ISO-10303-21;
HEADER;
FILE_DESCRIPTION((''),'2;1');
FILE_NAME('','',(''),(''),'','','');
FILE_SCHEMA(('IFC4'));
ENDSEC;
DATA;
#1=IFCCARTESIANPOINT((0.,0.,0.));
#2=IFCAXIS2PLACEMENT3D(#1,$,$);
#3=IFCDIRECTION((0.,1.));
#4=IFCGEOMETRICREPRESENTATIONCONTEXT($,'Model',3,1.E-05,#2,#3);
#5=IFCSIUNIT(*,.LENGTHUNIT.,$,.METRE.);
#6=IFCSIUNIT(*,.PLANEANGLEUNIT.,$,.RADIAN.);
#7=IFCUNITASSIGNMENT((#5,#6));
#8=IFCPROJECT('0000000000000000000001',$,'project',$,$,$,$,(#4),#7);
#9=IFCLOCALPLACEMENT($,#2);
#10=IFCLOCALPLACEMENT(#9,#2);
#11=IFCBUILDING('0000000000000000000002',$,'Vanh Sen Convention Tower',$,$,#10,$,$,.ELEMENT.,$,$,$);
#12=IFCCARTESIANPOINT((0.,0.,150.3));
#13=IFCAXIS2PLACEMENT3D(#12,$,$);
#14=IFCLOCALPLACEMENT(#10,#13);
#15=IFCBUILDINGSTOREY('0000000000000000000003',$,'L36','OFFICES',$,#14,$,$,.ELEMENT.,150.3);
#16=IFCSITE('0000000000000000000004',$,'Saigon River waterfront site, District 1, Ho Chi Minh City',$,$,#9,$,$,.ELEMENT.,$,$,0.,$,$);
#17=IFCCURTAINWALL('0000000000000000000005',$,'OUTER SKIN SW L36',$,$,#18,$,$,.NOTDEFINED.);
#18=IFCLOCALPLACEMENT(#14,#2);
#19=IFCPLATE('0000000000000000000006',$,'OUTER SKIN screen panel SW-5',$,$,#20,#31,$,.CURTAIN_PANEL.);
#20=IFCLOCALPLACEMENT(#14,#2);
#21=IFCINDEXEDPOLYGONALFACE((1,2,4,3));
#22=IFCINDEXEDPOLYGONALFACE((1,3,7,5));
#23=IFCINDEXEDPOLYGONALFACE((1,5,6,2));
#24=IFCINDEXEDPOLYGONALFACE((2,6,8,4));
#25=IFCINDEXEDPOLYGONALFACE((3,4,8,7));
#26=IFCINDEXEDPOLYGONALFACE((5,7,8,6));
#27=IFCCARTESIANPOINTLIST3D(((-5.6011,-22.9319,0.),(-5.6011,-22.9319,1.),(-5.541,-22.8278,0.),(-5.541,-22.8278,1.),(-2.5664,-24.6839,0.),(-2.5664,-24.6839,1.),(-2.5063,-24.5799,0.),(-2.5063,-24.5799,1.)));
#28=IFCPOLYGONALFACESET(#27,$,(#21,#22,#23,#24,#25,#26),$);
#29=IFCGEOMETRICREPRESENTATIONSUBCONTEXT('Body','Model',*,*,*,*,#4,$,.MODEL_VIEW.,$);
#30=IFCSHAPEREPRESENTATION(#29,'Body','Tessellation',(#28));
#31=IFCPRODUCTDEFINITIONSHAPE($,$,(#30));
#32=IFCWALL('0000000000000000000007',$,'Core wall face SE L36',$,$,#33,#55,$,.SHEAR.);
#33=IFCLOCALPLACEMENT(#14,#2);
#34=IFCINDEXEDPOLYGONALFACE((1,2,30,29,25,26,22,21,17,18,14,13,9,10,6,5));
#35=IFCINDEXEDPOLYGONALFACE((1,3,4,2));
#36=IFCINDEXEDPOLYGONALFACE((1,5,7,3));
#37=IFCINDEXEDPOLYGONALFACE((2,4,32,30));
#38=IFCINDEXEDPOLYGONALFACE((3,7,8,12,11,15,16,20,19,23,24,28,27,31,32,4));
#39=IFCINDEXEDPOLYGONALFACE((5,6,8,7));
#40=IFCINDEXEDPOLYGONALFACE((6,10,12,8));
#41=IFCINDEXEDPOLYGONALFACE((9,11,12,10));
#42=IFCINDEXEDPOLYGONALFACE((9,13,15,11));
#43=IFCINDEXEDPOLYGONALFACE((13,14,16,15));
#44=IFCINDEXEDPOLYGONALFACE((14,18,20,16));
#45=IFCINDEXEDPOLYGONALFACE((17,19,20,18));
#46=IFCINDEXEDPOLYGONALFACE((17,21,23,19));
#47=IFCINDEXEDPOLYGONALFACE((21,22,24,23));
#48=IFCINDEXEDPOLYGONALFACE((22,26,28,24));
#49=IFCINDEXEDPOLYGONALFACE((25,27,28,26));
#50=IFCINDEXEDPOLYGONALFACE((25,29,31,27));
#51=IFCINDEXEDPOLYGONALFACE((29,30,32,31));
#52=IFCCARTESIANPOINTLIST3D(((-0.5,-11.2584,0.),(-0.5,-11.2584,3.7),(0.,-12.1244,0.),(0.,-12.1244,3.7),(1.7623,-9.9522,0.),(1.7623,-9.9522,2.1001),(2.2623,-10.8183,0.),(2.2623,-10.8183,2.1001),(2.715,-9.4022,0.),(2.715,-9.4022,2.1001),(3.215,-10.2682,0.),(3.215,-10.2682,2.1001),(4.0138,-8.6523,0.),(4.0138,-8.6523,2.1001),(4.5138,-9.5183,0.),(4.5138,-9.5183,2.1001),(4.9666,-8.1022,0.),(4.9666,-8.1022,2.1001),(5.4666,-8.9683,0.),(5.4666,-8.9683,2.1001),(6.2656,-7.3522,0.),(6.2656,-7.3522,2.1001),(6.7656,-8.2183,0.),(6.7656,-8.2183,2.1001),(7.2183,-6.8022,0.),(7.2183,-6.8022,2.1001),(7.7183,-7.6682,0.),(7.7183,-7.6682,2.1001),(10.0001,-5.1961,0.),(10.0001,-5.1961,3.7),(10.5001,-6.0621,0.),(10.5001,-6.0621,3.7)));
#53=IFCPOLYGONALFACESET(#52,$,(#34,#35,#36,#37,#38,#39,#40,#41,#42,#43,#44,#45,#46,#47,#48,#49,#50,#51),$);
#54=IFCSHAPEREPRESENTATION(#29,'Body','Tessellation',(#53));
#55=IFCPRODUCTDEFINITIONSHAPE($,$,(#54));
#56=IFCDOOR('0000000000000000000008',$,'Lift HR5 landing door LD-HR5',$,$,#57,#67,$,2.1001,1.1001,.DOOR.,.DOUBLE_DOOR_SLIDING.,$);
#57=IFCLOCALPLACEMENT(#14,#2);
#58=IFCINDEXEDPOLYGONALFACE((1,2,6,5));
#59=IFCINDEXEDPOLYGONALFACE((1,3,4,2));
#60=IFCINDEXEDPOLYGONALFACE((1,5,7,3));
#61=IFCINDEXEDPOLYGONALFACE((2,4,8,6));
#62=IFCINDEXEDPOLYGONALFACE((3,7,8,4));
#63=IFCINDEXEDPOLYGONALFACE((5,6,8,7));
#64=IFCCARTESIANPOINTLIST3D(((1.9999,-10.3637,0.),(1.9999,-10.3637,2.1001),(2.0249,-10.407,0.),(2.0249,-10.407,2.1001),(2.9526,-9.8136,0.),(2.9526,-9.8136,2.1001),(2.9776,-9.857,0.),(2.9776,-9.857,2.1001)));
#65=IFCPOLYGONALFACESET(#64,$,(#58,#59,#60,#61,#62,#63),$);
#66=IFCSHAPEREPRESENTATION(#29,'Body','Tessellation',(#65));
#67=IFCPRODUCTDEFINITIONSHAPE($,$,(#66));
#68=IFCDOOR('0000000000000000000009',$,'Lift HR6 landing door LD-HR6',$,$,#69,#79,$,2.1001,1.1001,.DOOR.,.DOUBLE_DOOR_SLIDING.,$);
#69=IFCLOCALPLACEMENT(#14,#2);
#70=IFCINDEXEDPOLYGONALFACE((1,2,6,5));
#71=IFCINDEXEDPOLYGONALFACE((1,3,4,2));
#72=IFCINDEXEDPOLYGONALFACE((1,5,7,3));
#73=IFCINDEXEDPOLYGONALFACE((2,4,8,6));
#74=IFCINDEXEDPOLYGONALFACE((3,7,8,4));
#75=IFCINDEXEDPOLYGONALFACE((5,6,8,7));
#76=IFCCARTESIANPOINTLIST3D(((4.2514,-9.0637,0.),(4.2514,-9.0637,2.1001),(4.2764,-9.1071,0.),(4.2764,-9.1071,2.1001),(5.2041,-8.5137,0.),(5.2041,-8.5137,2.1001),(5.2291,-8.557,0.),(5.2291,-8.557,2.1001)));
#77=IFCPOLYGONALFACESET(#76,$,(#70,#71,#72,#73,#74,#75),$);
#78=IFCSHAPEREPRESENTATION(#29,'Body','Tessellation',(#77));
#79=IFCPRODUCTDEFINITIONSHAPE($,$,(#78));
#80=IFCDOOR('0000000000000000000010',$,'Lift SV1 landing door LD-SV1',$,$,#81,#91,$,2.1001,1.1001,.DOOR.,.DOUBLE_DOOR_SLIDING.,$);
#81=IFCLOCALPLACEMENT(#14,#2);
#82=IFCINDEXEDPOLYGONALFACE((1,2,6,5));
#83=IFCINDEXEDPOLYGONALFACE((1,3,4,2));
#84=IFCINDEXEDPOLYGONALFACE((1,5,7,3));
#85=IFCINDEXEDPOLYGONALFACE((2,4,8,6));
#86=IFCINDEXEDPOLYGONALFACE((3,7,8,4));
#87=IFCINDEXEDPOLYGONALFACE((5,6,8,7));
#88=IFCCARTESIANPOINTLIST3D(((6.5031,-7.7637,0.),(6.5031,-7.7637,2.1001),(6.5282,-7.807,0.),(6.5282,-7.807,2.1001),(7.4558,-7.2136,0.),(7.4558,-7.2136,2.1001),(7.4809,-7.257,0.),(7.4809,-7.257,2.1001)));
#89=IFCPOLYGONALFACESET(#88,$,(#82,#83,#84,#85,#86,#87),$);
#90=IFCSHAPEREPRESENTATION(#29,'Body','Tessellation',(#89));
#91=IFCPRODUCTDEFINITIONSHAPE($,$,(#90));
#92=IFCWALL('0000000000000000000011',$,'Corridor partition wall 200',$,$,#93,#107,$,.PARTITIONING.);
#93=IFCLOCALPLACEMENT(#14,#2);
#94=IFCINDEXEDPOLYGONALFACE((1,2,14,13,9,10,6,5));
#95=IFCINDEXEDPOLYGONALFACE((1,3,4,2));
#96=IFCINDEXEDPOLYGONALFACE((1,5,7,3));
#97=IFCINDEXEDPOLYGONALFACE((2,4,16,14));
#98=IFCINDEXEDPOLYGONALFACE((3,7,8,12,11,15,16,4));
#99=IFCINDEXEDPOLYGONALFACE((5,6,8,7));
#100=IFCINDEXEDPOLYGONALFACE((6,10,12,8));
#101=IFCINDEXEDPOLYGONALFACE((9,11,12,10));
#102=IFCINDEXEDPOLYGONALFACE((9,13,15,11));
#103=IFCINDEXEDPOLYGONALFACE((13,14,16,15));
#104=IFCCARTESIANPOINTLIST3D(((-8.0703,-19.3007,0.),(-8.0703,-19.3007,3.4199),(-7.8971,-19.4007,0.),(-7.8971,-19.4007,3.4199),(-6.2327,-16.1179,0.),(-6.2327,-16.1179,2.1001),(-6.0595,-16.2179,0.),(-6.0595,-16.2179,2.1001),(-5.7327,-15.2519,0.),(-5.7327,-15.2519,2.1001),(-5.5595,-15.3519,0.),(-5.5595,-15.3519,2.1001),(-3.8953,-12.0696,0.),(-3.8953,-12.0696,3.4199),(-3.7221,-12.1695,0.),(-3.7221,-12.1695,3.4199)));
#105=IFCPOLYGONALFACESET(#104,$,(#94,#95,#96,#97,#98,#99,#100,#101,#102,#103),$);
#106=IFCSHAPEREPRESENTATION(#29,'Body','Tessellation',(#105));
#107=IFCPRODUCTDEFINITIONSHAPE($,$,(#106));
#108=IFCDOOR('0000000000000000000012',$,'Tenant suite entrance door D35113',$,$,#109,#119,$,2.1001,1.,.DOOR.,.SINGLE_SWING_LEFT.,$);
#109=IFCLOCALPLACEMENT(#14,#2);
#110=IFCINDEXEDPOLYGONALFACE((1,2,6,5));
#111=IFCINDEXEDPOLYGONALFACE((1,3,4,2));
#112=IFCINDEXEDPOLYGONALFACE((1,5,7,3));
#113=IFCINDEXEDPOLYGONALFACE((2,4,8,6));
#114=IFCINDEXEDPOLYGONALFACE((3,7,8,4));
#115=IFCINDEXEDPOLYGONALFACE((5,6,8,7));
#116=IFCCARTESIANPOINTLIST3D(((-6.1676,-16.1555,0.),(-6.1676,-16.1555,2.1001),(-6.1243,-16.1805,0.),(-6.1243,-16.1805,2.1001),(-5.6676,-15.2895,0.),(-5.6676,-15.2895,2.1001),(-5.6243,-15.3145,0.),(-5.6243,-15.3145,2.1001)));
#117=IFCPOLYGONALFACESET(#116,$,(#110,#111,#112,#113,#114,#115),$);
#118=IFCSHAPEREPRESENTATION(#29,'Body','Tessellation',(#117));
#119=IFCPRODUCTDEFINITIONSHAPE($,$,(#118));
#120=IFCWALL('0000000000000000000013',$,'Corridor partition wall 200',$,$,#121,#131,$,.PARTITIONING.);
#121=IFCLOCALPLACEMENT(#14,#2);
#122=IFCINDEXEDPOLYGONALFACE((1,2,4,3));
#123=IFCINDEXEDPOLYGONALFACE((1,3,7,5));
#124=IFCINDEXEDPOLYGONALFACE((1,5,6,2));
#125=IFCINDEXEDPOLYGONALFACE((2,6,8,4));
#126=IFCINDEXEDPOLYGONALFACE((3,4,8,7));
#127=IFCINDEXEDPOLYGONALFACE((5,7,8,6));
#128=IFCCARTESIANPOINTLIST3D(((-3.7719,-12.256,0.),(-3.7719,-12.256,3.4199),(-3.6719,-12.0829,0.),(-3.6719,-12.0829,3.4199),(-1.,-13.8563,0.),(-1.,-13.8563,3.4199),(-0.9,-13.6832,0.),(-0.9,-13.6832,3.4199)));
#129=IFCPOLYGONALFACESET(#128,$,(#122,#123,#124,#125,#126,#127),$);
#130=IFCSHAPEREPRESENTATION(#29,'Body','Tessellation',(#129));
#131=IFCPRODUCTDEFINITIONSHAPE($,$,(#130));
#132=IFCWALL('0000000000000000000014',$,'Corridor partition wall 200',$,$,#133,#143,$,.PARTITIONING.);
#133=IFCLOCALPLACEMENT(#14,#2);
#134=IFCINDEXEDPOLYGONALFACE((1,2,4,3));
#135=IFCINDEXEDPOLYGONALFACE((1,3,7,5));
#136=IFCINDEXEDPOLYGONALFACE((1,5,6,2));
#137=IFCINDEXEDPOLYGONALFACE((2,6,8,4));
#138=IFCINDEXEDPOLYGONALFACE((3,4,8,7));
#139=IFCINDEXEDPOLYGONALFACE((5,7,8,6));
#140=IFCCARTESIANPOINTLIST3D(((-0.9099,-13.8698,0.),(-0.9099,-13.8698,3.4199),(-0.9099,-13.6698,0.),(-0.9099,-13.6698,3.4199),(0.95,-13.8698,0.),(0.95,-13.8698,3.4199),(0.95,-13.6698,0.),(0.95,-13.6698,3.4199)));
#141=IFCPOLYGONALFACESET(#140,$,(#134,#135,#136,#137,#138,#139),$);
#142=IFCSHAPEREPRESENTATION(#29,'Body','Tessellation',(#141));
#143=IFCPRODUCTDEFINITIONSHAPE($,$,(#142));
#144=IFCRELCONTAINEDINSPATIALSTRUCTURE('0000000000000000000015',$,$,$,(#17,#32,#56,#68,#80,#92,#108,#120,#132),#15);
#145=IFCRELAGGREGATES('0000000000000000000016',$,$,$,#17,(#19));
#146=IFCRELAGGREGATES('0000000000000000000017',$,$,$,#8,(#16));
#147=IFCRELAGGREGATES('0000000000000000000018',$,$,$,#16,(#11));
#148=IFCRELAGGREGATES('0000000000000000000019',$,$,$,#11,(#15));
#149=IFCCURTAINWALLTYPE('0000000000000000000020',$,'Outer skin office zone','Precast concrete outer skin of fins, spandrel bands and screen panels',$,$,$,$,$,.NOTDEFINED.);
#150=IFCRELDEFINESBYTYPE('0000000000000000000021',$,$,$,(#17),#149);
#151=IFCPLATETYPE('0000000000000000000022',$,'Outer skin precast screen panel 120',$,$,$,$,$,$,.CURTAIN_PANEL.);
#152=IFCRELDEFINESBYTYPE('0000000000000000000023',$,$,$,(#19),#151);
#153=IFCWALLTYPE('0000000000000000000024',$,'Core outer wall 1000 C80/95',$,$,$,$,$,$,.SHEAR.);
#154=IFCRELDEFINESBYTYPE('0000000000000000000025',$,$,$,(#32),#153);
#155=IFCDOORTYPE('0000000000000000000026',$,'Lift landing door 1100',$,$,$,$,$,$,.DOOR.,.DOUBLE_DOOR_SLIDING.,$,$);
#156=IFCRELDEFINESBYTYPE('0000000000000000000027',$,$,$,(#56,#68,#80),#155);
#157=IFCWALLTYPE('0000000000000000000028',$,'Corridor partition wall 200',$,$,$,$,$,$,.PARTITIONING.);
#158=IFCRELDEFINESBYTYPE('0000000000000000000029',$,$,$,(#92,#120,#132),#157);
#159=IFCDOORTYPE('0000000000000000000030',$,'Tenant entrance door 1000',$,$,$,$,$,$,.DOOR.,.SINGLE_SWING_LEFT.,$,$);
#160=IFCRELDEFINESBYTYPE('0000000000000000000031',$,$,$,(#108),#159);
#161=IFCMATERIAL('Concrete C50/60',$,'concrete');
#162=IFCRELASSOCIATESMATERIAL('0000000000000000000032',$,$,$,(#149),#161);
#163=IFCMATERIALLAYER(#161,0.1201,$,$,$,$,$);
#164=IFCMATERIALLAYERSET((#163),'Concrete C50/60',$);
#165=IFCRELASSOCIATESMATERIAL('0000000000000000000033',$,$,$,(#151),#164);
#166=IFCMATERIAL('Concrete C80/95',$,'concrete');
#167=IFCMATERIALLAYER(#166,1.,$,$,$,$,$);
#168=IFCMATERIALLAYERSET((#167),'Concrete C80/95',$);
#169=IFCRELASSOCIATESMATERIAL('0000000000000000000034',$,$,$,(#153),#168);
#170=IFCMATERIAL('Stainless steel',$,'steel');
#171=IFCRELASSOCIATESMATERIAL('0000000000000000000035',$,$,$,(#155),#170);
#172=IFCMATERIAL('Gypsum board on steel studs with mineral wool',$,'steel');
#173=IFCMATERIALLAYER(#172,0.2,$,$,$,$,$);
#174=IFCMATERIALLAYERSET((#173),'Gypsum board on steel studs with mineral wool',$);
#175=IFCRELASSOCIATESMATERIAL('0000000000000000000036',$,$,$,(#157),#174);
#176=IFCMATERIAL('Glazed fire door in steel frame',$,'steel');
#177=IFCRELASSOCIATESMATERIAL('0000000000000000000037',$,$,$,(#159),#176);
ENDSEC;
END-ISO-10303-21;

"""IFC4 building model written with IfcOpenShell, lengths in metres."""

from ifc_helpers import new_model, si_unit, direction, frame, frame_2d, origin, origin_2d, place, context, subcontext, project, spatial, rectangle, extrude, material, layer, layer_set, type_object, element, fill, aggregate, save


model = new_model("IFC4")

# Units and contexts
model_context = context("Model", 3, precision=1e-05, world=origin(), true_north=direction((0.0, 1.0)))
body_context = subcontext(model_context, "Body", "Model", "MODEL_VIEW")
ifc_project = project(units=[si_unit("LENGTHUNIT", "METRE"), si_unit("PLANEANGLEUNIT", "RADIAN")], contexts=[model_context])

# Site, building, storey
site_placement = place(None, origin())
site = spatial("IfcSite", under=ifc_project, at=site_placement, Name="Saigon River waterfront site, District 1, Ho Chi Minh City", CompositionType="ELEMENT", RefElevation=0.0)
building_placement = place(site_placement, origin())
building = spatial("IfcBuilding", under=site, at=building_placement, Name="Vanh Sen Convention Tower", CompositionType="ELEMENT")
storey_placement = place(building_placement, frame((0.0, 0.0, 150.3)))
storey = spatial("IfcBuildingStorey", under=building, at=storey_placement, Name="L36", Description="OFFICES", CompositionType="ELEMENT", Elevation=150.3)

# Shared definitions
ifc_material_1 = material(Name="Concrete C80/95", Category="concrete")

# Curtain wall
ifc_material_2 = material(Name="Concrete C50/60", Category="concrete")
curtain_wall_type = type_object("IfcCurtainWallType", Name="Outer skin office zone", Description="Precast concrete outer skin of fins, spandrel bands and screen panels", PredefinedType="NOTDEFINED", material=ifc_material_2)
curtain_wall_1_placement = place(storey_placement, origin())
curtain_wall_1 = element("IfcCurtainWall", 1, at=curtain_wall_1_placement, inside=storey, type_object=curtain_wall_type, Name="OUTER SKIN SW L36", PredefinedType="NOTDEFINED")

# Plate
ifc_layer_1 = layer(ifc_material_2, 0.1201)
ifc_layer_set_1 = layer_set([ifc_layer_1], Name="Concrete C50/60")
plate_type = type_object("IfcPlateType", Name="Outer skin precast screen panel 120", PredefinedType="CURTAIN_PANEL", material=ifc_layer_set_1)
plate_1_placement = place(storey_placement, frame((-4.0537, -23.7559, 0.0), z_axis=(0.0, 0.0, 1.0), x_axis=(0.866035, -0.499983, 0.0)))
plate_1 = element("IfcPlate", 2, at=plate_1_placement, type_object=plate_type, Name="OUTER SKIN screen panel SW-5", PredefinedType="CURTAIN_PANEL", context=body_context, shape_type="SweptSolid", body=[
    extrude(rectangle(XDim=3.5042, YDim=0.1201, at=origin_2d()), origin(), (0.0, 0.0, 1.0), 1.0),
])
aggregate(curtain_wall_1, [plate_1])

# Wall, openings, doors
ifc_layer_2 = layer(ifc_material_1, 1.0)
ifc_layer_set_2 = layer_set([ifc_layer_2], Name="Concrete C80/95")
wall_type_1 = type_object("IfcWallType", Name="Core outer wall 1000 C80/95", PredefinedType="SHEAR", material=ifc_layer_set_2)
wall_1_placement = place(storey_placement, frame((-0.25, -11.6914, 0.0), z_axis=(0.0, 0.0, 1.0), x_axis=(0.866023, 0.500005, 0.0)))
wall_1 = element("IfcWall", 3, at=wall_1_placement, inside=storey, type_object=wall_type_1, Name="Core wall face SE L36", PredefinedType="SHEAR", context=body_context, shape_type="SweptSolid", body=[
    extrude(rectangle(XDim=12.1245, YDim=1.0, at=frame_2d((6.0623, 0.0))), origin(), (0.0, 0.0, 1.0), 3.7),
])
opening_1_placement = place(wall_1_placement, frame((2.6123, 0.0, 0.0)))
opening_1 = element("IfcOpeningElement", 4, at=opening_1_placement, cuts=wall_1, PredefinedType="OPENING", context=body_context, shape_type="SweptSolid", body=[
    extrude(rectangle(XDim=1.1001, YDim=2.1001, at=frame_2d((0.55, 1.05))), frame((0.0, 0.51, 0.0), z_axis=(0.0, -1.0, 0.0), x_axis=(1.0, 0.0, 0.0)), (0.0, 0.0, 1.0), 1.02),
])
opening_2_placement = place(wall_1_placement, frame((5.2122, 0.0, 0.0)))
opening_2 = element("IfcOpeningElement", 5, at=opening_2_placement, cuts=wall_1, PredefinedType="OPENING", context=body_context, shape_type="SweptSolid", body=[
    extrude(rectangle(XDim=1.1001, YDim=2.1001, at=frame_2d((0.55, 1.05))), frame((0.0, 0.51, 0.0), z_axis=(0.0, -1.0, 0.0), x_axis=(1.0, 0.0, 0.0)), (0.0, 0.0, 1.0), 1.02),
])
opening_3_placement = place(wall_1_placement, frame((7.8123, 0.0, 0.0)))
opening_3 = element("IfcOpeningElement", 6, at=opening_3_placement, cuts=wall_1, PredefinedType="OPENING", context=body_context, shape_type="SweptSolid", body=[
    extrude(rectangle(XDim=1.1001, YDim=2.1001, at=frame_2d((0.55, 1.05))), frame((0.0, 0.51, 0.0), z_axis=(0.0, -1.0, 0.0), x_axis=(1.0, 0.0, 0.0)), (0.0, 0.0, 1.0), 1.02),
])
ifc_material_3 = material(Name="Stainless steel", Category="steel")
door_type_1 = type_object("IfcDoorType", Name="Lift landing door 1100", OperationType="DOUBLE_DOOR_SLIDING", PredefinedType="DOOR", material=ifc_material_3)
door_1_placement = place(opening_1_placement, origin())
door_1 = element("IfcDoor", 7, at=door_1_placement, inside=storey, type_object=door_type_1, Name="Lift HR5 landing door LD-HR5", OperationType="DOUBLE_DOOR_SLIDING", OverallHeight=2.1001, OverallWidth=1.1001, PredefinedType="DOOR", context=body_context, shape_type="SweptSolid", body=[
    extrude(rectangle(XDim=1.1001, YDim=2.1001, at=frame_2d((0.55, 1.05))), frame((0.0, 0.0249, 0.0), z_axis=(0.0, -1.0, 0.0), x_axis=(1.0, 0.0, 0.0)), (0.0, 0.0, 1.0), 0.05),
])
fill(opening_1, door_1)
door_2_placement = place(opening_2_placement, origin())
door_2 = element("IfcDoor", 8, at=door_2_placement, inside=storey, type_object=door_type_1, Name="Lift HR6 landing door LD-HR6", OperationType="DOUBLE_DOOR_SLIDING", OverallHeight=2.1001, OverallWidth=1.1001, PredefinedType="DOOR", context=body_context, shape_type="SweptSolid", body=[
    extrude(rectangle(XDim=1.1001, YDim=2.1001, at=frame_2d((0.55, 1.05))), frame((0.0, 0.0249, 0.0), z_axis=(0.0, -1.0, 0.0), x_axis=(1.0, 0.0, 0.0)), (0.0, 0.0, 1.0), 0.05),
])
fill(opening_2, door_2)
door_3_placement = place(opening_3_placement, origin())
door_3 = element("IfcDoor", 9, at=door_3_placement, inside=storey, type_object=door_type_1, Name="Lift SV1 landing door LD-SV1", OperationType="DOUBLE_DOOR_SLIDING", OverallHeight=2.1001, OverallWidth=1.1001, PredefinedType="DOOR", context=body_context, shape_type="SweptSolid", body=[
    extrude(rectangle(XDim=1.1001, YDim=2.1001, at=frame_2d((0.55, 1.05))), frame((0.0, 0.0249, 0.0), z_axis=(0.0, -1.0, 0.0), x_axis=(1.0, 0.0, 0.0)), (0.0, 0.0, 1.0), 0.05),
])
fill(opening_3, door_3)

# Wall, opening, door
ifc_material_4 = material(Name="Gypsum board on steel studs with mineral wool", Category="steel")
ifc_layer_3 = layer(ifc_material_4, 0.2)
ifc_layer_set_3 = layer_set([ifc_layer_3], Name="Gypsum board on steel studs with mineral wool")
wall_type_2 = type_object("IfcWallType", Name="Corridor partition wall 200", PredefinedType="PARTITIONING", material=ifc_layer_set_3)
wall_2_placement = place(storey_placement, frame((-7.9836, -19.3506, 0.0), z_axis=(0.0, 0.0, 1.0), x_axis=(0.50001, 0.86602, 0.0)))
wall_2 = element("IfcWall", 10, at=wall_2_placement, inside=storey, type_object=wall_type_2, Name="Corridor partition wall 200", PredefinedType="PARTITIONING", context=body_context, shape_type="SweptSolid", body=[
    extrude(rectangle(XDim=8.3499, YDim=0.2, at=frame_2d((4.1748, 0.0))), origin(), (0.0, 0.0, 1.0), 3.4199),
])
opening_4_placement = place(wall_2_placement, frame((3.675, 0.0, 0.0)))
opening_4 = element("IfcOpeningElement", 11, at=opening_4_placement, cuts=wall_2, PredefinedType="OPENING", context=body_context, shape_type="SweptSolid", body=[
    extrude(rectangle(XDim=1.0, YDim=2.1001, at=frame_2d((0.5, 1.05))), frame((0.0, 0.1099, 0.0), z_axis=(0.0, -1.0, 0.0), x_axis=(1.0, 0.0, 0.0)), (0.0, 0.0, 1.0), 0.22),
])
ifc_material_5 = material(Name="Glazed fire door in steel frame", Category="steel")
door_type_2 = type_object("IfcDoorType", Name="Tenant entrance door 1000", OperationType="SINGLE_SWING_LEFT", PredefinedType="DOOR", material=ifc_material_5)
door_4_placement = place(opening_4_placement, origin())
door_4 = element("IfcDoor", 12, at=door_4_placement, inside=storey, type_object=door_type_2, Name="Tenant suite entrance door D35113", OperationType="SINGLE_SWING_LEFT", OverallHeight=2.1001, OverallWidth=1.0, PredefinedType="DOOR", context=body_context, shape_type="SweptSolid", body=[
    extrude(rectangle(XDim=1.0, YDim=2.1001, at=frame_2d((0.5, 1.05))), frame((0.0, 0.0249, 0.0), z_axis=(0.0, -1.0, 0.0), x_axis=(1.0, 0.0, 0.0)), (0.0, 0.0, 1.0), 0.05),
])
fill(opening_4, door_4)

# Walls
wall_3_placement = place(storey_placement, frame((-3.7219, -12.1694, 0.0), z_axis=(0.0, 0.0, 1.0), x_axis=(0.866033, -0.499987, 0.0)))
element("IfcWall", 13, at=wall_3_placement, inside=storey, type_object=wall_type_2, Name="Corridor partition wall 200", PredefinedType="PARTITIONING", context=body_context, shape_type="SweptSolid", body=[
    extrude(rectangle(XDim=3.2007, YDim=0.2, at=frame_2d((1.6003, 0.0))), origin(), (0.0, 0.0, 1.0), 3.4199),
])
wall_4_placement = place(storey_placement, frame((-0.9099, -13.7698, 0.0), z_axis=(0.0, 0.0, 1.0), x_axis=(1.0, 0.0, 0.0)))
element("IfcWall", 14, at=wall_4_placement, inside=storey, type_object=wall_type_2, Name="Corridor partition wall 200", PredefinedType="PARTITIONING", context=body_context, shape_type="SweptSolid", body=[
    extrude(rectangle(XDim=1.8599, YDim=0.2, at=frame_2d((0.9299, 0.0))), origin(), (0.0, 0.0, 1.0), 3.4199),
])

save(model, "model.ifc")
